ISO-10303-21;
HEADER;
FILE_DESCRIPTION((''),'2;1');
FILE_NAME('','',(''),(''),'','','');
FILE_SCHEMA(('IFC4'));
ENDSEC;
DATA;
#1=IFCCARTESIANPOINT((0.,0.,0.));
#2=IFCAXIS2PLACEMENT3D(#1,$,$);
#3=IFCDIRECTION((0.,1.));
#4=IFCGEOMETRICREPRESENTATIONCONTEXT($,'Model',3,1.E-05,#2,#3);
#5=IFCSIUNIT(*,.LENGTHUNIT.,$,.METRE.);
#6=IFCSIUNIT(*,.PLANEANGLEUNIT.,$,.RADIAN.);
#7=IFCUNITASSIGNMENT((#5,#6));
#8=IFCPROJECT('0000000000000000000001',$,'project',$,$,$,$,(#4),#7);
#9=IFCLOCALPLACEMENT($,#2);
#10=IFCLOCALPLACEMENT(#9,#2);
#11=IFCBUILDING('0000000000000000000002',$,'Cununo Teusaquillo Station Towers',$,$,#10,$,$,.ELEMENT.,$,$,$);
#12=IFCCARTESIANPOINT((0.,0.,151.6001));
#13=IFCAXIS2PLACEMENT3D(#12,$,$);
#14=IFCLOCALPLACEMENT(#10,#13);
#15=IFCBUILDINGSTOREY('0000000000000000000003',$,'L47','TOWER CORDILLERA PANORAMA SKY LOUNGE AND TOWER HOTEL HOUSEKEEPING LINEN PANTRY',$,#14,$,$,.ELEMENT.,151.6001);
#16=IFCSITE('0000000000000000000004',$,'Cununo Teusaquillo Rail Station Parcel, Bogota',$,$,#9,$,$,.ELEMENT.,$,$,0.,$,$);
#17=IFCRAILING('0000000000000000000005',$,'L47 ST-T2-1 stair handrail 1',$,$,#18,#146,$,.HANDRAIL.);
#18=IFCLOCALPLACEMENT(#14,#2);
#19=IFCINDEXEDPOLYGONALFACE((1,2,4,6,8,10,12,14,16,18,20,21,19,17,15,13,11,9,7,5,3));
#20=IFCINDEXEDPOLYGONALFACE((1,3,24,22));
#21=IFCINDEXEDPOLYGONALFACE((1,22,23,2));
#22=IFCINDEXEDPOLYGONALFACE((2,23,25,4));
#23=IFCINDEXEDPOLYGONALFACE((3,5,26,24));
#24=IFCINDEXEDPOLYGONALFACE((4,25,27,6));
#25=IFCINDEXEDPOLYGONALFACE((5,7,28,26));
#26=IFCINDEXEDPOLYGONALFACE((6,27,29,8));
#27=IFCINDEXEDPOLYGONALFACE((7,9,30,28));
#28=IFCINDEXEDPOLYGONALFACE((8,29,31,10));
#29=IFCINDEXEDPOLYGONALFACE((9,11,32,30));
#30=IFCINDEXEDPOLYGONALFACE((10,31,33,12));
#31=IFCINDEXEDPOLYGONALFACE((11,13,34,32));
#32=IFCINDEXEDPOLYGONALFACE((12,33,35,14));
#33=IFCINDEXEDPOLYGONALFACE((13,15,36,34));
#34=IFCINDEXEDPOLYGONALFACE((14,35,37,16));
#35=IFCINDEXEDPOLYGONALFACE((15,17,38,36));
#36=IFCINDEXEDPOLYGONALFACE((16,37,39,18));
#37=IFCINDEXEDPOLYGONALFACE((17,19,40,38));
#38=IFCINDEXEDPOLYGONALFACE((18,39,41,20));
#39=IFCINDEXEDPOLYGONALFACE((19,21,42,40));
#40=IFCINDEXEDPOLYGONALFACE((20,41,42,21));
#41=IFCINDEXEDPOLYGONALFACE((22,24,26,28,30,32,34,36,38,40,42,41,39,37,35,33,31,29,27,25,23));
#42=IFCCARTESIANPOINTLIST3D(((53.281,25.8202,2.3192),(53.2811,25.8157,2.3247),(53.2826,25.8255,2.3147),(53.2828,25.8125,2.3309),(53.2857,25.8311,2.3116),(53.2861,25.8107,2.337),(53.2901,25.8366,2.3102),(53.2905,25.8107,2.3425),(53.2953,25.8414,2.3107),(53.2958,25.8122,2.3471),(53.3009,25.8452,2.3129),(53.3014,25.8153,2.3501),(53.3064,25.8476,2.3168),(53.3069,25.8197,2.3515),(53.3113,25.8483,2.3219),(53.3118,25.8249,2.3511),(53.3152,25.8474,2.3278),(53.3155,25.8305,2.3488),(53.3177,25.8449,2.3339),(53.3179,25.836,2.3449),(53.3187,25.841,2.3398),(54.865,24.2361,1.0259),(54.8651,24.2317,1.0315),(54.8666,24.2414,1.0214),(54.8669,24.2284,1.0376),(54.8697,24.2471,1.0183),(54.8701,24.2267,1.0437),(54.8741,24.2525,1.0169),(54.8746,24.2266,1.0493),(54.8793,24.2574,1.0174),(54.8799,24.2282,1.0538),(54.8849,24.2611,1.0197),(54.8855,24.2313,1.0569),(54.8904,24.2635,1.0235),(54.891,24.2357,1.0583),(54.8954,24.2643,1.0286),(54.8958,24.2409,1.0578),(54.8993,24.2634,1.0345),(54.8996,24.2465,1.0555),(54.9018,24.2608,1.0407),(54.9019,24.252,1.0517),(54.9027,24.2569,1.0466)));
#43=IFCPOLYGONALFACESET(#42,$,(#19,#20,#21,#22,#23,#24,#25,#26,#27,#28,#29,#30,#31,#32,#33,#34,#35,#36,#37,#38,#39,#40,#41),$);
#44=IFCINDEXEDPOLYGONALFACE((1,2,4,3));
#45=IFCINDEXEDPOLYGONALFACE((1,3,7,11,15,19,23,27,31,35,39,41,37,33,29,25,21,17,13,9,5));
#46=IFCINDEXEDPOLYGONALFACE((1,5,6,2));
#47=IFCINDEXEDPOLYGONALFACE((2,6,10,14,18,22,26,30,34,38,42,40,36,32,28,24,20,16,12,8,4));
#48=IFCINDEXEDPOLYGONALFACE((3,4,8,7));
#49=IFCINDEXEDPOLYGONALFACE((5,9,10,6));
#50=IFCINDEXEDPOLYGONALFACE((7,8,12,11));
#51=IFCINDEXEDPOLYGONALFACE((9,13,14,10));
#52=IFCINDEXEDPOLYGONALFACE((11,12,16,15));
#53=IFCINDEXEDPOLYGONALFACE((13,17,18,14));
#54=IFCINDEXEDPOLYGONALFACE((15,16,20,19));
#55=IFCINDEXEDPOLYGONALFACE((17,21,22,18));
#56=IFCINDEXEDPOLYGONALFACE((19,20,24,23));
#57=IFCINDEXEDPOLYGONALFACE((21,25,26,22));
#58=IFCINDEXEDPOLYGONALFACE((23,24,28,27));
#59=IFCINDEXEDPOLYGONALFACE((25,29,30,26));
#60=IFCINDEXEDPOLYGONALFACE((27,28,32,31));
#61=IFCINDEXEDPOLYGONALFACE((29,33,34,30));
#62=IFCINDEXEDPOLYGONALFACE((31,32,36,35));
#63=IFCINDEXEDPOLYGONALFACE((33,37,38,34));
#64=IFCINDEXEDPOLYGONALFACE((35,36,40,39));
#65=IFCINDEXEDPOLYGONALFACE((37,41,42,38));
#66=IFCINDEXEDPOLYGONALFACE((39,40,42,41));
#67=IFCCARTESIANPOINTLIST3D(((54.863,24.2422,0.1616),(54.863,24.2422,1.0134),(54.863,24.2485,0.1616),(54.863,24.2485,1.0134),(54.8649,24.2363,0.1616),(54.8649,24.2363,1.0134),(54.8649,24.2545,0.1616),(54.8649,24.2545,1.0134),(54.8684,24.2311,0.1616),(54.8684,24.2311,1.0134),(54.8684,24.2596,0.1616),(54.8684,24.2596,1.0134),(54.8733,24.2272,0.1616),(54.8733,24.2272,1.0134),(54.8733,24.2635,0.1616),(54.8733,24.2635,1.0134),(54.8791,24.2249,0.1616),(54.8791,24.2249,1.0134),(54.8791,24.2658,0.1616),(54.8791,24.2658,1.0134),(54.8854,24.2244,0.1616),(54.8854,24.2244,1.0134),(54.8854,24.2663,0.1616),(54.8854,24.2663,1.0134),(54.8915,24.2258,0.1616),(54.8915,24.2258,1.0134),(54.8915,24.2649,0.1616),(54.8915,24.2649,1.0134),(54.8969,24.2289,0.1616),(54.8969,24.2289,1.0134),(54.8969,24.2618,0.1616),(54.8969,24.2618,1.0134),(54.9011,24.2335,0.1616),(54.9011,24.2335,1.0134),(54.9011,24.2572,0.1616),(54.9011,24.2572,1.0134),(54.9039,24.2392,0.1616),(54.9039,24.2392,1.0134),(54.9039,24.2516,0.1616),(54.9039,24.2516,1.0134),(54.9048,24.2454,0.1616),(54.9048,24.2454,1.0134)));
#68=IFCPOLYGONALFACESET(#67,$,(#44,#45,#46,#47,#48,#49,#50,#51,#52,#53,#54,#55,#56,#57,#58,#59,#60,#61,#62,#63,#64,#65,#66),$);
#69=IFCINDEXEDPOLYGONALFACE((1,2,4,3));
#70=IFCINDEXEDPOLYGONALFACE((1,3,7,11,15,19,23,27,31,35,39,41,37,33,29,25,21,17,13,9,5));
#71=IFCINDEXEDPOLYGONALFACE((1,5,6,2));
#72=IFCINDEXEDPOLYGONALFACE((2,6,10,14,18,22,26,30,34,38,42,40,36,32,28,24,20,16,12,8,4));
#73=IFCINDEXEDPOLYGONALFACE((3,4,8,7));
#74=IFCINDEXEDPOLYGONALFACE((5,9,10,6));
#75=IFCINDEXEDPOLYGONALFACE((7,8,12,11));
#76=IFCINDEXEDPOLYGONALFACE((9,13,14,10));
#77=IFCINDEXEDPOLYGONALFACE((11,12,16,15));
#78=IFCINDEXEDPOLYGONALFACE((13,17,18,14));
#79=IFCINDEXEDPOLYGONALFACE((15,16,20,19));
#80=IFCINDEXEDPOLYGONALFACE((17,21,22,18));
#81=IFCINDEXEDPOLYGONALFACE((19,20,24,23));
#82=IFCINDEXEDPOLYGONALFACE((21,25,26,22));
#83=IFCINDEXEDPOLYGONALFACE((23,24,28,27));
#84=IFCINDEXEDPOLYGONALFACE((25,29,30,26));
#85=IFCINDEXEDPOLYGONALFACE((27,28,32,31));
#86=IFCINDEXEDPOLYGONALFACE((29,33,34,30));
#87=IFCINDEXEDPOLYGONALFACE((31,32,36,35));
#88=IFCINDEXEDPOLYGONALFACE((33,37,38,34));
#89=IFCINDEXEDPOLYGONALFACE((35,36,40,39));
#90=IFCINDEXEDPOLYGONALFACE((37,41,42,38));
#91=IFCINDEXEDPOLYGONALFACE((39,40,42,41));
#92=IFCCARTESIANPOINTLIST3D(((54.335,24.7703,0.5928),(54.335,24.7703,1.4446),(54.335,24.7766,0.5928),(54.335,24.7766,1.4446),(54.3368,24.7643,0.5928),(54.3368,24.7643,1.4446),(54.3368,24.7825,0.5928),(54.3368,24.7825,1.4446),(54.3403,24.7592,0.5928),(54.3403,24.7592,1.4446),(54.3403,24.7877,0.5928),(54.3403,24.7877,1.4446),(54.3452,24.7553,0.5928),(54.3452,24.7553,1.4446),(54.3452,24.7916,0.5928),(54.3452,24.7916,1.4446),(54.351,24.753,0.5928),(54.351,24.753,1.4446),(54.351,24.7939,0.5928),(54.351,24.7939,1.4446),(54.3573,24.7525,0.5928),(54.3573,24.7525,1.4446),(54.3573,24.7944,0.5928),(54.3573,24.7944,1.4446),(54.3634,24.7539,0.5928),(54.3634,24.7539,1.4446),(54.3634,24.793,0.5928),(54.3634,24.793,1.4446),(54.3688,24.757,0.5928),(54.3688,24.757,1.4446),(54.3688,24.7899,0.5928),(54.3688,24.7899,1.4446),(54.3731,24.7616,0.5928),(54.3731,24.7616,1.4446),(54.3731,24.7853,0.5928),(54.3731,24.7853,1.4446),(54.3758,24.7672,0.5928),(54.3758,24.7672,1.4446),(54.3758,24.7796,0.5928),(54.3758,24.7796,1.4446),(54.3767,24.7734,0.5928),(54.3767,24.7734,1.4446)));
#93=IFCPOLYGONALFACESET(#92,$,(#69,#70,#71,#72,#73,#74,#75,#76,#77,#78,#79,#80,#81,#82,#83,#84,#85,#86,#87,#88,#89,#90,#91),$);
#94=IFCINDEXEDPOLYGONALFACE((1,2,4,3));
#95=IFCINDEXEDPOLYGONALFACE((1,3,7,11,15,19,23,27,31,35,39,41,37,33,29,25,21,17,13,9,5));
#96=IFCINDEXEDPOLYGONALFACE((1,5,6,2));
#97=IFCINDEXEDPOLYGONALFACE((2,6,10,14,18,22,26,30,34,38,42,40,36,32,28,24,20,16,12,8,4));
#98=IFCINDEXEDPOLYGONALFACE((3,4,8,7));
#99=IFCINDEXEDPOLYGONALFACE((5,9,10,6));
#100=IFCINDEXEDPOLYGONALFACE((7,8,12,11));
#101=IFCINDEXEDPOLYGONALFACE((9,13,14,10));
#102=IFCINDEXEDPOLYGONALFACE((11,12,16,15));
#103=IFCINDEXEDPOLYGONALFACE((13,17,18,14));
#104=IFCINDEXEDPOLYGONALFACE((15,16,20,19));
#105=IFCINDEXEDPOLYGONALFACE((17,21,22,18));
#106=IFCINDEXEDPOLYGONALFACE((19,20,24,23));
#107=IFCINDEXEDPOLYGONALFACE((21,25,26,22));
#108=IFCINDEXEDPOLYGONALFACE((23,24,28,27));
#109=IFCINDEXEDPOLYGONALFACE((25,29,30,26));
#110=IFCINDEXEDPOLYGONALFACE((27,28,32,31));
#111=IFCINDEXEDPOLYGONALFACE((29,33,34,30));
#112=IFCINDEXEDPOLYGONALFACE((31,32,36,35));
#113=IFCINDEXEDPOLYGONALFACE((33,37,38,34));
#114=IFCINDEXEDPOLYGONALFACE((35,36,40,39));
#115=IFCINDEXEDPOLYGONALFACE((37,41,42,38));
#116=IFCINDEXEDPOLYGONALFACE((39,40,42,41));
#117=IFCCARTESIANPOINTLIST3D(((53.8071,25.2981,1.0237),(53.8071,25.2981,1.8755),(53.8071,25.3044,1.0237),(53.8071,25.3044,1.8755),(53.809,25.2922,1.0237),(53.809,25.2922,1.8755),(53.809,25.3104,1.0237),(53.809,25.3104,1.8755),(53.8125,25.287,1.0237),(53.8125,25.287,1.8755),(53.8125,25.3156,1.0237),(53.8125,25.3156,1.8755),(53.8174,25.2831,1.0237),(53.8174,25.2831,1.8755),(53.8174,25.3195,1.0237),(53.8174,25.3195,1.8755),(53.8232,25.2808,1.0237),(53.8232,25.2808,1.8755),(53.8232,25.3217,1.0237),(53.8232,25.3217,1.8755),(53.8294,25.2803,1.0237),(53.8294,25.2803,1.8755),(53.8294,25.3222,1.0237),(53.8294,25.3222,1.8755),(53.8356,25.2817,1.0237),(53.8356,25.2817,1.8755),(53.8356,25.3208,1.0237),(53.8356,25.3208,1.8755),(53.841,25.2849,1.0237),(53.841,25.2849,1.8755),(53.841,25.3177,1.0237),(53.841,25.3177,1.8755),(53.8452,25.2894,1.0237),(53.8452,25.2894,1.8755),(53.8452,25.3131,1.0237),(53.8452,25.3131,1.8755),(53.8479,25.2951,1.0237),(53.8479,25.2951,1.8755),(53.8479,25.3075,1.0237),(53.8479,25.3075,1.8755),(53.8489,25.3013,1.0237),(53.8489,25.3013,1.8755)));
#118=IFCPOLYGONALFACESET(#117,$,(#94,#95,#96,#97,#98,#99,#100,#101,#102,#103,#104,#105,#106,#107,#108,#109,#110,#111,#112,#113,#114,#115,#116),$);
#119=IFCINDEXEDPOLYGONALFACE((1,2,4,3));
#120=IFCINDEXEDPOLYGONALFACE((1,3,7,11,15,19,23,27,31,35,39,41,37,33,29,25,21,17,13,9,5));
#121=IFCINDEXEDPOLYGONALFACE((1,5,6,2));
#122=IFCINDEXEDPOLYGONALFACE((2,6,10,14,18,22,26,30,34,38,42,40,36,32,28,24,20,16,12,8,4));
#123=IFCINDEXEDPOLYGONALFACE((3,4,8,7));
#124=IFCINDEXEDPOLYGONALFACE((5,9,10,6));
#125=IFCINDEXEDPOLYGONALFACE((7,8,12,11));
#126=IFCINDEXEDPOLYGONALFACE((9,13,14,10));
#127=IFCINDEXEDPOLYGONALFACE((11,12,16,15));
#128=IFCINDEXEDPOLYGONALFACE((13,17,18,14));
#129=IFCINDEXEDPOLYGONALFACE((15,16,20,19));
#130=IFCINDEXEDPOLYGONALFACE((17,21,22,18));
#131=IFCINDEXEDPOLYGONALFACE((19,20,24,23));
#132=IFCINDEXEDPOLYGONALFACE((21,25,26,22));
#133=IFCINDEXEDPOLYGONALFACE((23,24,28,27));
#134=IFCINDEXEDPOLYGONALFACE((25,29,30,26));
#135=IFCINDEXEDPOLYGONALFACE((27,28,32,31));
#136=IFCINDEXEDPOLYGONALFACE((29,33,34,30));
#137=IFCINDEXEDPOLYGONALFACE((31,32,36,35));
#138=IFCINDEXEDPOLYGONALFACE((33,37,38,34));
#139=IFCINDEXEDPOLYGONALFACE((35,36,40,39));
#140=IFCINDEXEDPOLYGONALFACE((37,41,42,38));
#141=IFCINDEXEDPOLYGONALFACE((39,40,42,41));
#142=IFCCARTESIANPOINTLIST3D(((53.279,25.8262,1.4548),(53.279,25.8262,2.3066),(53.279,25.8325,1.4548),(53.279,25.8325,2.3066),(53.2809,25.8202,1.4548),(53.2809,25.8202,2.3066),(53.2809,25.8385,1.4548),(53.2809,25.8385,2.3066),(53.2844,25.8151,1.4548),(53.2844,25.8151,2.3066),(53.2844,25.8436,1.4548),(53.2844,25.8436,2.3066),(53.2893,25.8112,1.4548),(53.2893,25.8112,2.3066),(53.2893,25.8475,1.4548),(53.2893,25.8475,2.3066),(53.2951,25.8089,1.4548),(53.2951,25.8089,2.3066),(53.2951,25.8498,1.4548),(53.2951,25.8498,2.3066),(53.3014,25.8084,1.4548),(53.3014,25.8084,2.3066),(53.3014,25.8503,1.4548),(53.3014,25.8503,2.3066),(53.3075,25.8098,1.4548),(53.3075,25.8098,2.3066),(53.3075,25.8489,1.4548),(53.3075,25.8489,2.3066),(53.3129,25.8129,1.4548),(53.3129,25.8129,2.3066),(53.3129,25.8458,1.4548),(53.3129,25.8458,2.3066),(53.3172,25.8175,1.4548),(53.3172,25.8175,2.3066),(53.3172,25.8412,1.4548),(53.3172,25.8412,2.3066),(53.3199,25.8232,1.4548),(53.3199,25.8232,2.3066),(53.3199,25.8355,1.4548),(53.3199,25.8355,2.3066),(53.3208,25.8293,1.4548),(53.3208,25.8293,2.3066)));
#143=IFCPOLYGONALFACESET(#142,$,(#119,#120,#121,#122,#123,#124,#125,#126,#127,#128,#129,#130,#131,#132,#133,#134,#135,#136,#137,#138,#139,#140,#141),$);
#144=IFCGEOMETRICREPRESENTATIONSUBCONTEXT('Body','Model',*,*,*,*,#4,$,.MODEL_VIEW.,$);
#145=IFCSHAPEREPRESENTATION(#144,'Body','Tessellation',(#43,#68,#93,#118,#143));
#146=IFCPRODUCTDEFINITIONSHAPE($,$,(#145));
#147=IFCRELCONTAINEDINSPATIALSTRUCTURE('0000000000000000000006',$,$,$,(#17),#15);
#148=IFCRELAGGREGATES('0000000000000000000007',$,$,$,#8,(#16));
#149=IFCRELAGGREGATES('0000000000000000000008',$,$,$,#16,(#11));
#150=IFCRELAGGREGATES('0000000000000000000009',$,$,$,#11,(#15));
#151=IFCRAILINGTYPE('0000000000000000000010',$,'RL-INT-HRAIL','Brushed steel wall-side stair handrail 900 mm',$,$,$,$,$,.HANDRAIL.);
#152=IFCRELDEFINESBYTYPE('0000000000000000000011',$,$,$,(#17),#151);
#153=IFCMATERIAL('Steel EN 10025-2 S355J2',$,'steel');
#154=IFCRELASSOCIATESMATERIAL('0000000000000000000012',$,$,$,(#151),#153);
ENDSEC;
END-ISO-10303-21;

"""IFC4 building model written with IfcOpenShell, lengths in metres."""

from ifc_helpers import new_model, si_unit, direction, frame, origin, origin_2d, place, context, subcontext, project, spatial, circle, extrude, material, type_object, element, save


model = new_model("IFC4")

# Units and contexts
model_context = context("Model", 3, precision=1e-05, world=origin(), true_north=direction((0.0, 1.0)))
body_context = subcontext(model_context, "Body", "Model", "MODEL_VIEW")
ifc_project = project(units=[si_unit("LENGTHUNIT", "METRE"), si_unit("PLANEANGLEUNIT", "RADIAN")], contexts=[model_context])

# Site, building, storey
site_placement = place(None, origin())
site = spatial("IfcSite", under=ifc_project, at=site_placement, Name="Cununo Teusaquillo Rail Station Parcel, Bogota", CompositionType="ELEMENT", RefElevation=0.0)
building_placement = place(site_placement, origin())
building = spatial("IfcBuilding", under=site, at=building_placement, Name="Cununo Teusaquillo Station Towers", CompositionType="ELEMENT")
storey_placement = place(building_placement, frame((0.0, 0.0, 151.6001)))
storey = spatial("IfcBuildingStorey", under=building, at=storey_placement, Name="L47", Description="TOWER CORDILLERA PANORAMA SKY LOUNGE AND TOWER HOTEL HOUSEKEEPING LINEN PANTRY", CompositionType="ELEMENT", Elevation=151.6001)

# Railing
ifc_material_1 = material(Name="Steel EN 10025-2 S355J2", Category="steel")
railing_type_1 = type_object("IfcRailingType", Name="RL-INT-HRAIL", Description="Brushed steel wall-side stair handrail 900 mm", PredefinedType="HANDRAIL", material=ifc_material_1)
railing_1_placement = place(storey_placement, frame((54.8838, 24.2454, 0.1616)))
element("IfcRailing", 1, at=railing_1_placement, inside=storey, type_object=railing_type_1, Name="L47 ST-T2-1 stair handrail 1", PredefinedType="HANDRAIL", context=body_context, shape_type="SweptSolid", body=[
    extrude(circle(Radius=0.0239, at=origin_2d()), frame((0.0, 0.0, 0.876), z_axis=(-0.612385, 0.612385, 0.49997), x_axis=(-0.707107, -0.707107, 0.0)), (0.0, 0.0, 1.0), 2.5867),
    extrude(circle(Radius=0.021, at=origin_2d()), origin(), (0.0, 0.0, 1.0), 0.8518),
    extrude(circle(Radius=0.021, at=origin_2d()), frame((-0.5281, 0.5281, 0.4312)), (0.0, 0.0, 1.0), 0.8518),
    extrude(circle(Radius=0.021, at=origin_2d()), frame((-1.0559, 1.0559, 0.8621)), (0.0, 0.0, 1.0), 0.8518),
    extrude(circle(Radius=0.021, at=origin_2d()), frame((-1.584, 1.584, 1.2932)), (0.0, 0.0, 1.0), 0.8518),
])

save(model, "model.ifc")
